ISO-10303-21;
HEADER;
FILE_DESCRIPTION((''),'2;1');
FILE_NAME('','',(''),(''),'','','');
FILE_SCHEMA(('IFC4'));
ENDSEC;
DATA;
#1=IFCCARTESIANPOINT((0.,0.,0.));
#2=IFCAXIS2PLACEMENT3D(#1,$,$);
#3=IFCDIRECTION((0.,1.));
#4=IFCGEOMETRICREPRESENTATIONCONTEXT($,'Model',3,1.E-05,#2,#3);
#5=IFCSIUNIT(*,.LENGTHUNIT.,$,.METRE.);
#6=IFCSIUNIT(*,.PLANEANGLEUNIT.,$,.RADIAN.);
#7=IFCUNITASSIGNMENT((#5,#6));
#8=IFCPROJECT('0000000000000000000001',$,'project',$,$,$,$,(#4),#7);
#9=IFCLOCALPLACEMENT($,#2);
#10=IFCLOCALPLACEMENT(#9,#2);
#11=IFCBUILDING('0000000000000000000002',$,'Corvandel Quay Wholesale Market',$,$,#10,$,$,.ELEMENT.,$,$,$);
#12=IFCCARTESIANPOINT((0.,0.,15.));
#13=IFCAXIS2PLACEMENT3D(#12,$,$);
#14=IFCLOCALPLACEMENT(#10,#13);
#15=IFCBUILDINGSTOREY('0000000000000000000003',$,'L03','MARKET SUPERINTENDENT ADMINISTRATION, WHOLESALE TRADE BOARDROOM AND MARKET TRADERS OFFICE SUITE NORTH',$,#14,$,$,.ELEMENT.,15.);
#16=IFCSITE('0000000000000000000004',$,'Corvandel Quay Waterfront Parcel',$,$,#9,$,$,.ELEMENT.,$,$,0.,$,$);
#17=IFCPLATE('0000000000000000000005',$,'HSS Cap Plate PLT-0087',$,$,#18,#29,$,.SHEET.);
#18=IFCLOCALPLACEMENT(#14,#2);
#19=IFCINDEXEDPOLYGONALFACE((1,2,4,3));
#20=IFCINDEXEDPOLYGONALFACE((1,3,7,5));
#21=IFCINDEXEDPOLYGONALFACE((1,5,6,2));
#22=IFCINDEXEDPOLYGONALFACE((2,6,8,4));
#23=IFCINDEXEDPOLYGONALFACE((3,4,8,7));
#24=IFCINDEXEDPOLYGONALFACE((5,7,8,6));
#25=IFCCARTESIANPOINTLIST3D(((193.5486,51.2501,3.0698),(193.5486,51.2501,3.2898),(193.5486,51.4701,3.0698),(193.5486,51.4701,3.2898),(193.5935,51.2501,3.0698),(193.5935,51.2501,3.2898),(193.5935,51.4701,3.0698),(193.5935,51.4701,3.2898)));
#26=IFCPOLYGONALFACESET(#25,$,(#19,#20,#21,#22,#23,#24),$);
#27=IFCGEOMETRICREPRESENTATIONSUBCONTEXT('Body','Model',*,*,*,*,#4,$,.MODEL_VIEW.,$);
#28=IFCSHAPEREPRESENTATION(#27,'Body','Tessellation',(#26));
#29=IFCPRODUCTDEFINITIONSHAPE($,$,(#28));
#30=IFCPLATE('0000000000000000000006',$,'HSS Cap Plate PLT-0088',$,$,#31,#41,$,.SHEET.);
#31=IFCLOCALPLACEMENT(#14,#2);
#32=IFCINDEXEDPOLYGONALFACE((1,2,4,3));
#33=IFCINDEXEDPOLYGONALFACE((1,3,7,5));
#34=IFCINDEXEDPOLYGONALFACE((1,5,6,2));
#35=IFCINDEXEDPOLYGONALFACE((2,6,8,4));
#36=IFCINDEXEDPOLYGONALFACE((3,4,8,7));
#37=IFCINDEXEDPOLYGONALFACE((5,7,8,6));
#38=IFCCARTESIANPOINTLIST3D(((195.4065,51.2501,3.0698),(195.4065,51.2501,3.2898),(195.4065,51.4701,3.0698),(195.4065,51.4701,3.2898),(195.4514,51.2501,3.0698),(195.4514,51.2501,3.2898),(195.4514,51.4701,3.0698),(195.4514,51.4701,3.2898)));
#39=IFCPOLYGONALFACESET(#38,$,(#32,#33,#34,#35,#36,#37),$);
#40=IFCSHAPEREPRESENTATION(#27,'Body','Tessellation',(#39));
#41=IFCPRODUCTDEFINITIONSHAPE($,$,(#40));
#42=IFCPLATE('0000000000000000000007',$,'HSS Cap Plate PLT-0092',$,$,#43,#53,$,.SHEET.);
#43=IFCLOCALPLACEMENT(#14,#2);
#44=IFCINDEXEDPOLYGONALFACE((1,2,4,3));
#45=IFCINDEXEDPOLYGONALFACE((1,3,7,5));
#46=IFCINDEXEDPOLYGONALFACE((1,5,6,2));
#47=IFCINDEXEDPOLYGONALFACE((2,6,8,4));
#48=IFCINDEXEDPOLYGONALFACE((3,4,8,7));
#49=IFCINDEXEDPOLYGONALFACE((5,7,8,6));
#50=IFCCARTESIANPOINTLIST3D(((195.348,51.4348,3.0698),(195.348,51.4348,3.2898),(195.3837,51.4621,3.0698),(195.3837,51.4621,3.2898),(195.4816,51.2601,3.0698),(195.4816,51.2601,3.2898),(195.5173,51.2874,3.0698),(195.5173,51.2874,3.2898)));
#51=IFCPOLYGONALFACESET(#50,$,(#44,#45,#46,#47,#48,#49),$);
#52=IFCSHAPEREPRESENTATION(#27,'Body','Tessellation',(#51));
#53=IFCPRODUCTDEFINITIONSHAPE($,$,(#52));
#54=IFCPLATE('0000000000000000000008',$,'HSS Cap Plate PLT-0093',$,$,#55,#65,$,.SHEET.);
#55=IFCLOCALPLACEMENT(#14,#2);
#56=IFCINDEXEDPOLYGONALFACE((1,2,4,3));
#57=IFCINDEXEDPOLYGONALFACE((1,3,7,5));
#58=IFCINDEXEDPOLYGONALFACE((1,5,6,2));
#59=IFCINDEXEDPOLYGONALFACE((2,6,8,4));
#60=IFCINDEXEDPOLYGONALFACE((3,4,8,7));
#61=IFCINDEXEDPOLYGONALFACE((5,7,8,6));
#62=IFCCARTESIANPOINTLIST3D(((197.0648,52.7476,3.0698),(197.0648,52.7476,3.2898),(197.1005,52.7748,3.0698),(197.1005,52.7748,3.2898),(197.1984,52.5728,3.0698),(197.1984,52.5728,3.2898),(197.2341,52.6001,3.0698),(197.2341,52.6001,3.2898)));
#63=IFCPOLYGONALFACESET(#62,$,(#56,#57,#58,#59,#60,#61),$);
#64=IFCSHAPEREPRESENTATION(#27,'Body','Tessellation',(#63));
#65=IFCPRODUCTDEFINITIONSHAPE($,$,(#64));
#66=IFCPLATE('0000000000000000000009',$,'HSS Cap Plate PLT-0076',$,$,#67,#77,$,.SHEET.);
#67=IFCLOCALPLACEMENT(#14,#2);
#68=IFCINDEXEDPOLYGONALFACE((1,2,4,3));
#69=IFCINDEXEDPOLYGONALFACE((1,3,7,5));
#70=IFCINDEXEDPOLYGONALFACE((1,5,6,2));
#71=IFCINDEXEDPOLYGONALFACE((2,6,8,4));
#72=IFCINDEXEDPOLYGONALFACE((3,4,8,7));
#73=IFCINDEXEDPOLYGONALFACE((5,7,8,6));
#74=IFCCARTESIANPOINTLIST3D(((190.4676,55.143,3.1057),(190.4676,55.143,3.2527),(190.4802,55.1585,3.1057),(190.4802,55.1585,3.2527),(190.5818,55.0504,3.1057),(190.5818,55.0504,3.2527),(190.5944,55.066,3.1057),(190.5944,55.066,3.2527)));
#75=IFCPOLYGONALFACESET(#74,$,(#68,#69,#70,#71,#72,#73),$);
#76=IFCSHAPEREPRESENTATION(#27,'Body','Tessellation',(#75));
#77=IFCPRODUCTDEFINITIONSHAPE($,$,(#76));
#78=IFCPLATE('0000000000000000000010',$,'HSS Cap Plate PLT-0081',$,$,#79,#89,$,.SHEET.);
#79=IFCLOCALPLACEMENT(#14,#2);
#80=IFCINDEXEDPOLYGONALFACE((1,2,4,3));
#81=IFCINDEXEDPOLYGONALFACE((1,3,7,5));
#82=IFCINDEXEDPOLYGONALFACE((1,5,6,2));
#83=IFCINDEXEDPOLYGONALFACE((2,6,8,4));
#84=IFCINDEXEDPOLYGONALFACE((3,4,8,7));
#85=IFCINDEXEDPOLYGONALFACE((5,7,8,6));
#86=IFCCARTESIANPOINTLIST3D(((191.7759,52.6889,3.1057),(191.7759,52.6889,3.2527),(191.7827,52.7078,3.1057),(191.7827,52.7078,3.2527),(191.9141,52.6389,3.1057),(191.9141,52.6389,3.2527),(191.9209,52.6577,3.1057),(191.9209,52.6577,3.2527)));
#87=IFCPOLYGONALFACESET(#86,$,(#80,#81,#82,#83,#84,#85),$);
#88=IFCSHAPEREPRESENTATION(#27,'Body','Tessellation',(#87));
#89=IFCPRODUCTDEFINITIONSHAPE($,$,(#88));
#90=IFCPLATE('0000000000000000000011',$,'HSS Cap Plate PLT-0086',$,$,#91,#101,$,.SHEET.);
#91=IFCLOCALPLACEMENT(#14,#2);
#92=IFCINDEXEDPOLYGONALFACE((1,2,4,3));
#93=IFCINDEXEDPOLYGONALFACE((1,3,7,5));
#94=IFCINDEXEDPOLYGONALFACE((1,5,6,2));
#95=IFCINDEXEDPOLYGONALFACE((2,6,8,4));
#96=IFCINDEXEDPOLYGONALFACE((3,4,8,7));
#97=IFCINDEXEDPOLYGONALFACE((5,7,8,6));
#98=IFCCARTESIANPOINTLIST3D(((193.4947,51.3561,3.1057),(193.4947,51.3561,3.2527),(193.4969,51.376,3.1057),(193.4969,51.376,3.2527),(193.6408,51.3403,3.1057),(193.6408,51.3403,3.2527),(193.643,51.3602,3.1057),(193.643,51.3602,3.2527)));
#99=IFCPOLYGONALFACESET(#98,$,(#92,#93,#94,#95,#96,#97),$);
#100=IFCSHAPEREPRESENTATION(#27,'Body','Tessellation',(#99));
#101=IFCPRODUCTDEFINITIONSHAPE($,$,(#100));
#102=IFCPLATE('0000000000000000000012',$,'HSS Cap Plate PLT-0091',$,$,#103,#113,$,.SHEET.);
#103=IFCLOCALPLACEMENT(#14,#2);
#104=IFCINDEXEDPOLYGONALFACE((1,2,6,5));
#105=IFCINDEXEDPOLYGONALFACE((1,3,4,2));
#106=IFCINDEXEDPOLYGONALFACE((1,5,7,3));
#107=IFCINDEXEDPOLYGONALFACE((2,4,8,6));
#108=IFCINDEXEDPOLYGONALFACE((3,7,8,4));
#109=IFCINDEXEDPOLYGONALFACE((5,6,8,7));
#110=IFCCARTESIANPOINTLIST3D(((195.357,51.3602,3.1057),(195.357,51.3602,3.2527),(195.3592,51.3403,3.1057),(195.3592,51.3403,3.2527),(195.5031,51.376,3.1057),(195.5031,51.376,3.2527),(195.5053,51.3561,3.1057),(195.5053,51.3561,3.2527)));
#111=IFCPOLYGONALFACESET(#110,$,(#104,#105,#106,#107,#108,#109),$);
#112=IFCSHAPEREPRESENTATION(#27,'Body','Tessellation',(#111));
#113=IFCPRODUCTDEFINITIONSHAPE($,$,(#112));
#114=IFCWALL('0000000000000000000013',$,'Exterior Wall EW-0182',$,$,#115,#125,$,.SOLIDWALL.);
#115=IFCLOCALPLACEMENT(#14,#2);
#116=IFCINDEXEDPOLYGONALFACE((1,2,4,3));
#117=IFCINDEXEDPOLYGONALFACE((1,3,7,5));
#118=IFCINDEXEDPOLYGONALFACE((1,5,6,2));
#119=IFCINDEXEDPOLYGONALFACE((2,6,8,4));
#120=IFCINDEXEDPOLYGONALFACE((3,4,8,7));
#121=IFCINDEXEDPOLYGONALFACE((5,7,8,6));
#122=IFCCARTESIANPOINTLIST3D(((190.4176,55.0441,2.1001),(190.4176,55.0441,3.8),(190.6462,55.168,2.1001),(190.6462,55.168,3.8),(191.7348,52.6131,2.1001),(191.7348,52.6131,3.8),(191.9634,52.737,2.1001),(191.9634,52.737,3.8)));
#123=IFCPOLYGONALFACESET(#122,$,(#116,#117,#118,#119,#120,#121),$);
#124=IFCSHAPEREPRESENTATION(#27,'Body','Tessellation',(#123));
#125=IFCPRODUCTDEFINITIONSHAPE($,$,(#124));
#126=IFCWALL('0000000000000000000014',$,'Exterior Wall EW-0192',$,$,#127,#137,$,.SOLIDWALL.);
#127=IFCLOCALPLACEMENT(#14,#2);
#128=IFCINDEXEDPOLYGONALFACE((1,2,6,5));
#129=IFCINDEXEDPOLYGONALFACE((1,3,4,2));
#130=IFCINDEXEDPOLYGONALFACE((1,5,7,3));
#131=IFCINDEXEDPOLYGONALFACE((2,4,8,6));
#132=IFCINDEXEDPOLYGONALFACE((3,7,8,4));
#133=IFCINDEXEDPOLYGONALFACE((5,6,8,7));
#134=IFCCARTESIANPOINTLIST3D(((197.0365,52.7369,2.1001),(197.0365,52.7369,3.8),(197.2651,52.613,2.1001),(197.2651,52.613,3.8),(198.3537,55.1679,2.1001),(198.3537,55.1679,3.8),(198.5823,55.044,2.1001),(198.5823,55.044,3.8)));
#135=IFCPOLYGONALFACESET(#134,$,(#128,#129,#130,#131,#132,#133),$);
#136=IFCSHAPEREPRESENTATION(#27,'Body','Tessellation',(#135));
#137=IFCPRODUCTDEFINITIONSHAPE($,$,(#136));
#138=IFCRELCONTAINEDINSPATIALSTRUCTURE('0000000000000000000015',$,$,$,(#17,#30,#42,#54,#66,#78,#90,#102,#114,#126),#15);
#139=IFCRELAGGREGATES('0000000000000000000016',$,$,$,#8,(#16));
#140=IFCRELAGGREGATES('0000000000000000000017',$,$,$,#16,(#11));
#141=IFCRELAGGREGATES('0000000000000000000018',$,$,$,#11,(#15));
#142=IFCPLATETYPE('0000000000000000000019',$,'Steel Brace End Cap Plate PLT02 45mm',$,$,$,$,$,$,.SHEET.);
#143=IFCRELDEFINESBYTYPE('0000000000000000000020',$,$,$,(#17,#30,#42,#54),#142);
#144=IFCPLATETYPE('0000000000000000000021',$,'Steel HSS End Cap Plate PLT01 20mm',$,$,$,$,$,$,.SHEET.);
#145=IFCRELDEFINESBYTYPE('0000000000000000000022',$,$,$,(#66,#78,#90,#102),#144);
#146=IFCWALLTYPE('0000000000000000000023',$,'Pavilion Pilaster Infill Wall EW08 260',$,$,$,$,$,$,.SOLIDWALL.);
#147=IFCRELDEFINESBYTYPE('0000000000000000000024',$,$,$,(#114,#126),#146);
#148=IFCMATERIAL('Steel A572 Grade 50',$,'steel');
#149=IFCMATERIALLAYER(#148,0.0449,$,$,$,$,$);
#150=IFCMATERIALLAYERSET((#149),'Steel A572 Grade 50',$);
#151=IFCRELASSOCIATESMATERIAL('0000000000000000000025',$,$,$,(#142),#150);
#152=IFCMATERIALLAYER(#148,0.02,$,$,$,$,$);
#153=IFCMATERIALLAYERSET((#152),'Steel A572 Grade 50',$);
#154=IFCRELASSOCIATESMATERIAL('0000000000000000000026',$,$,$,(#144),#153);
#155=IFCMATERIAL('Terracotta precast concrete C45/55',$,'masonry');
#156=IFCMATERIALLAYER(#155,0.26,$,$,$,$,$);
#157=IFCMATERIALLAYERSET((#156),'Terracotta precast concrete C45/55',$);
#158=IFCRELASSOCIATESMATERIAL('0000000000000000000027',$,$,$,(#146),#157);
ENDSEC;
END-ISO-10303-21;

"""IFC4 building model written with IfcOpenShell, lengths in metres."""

from ifc_helpers import new_model, si_unit, direction, frame, frame_2d, origin, origin_2d, place, context, subcontext, project, spatial, rectangle, extrude, material, layer, layer_set, type_object, element, save


model = new_model("IFC4")

# Units and contexts
model_context = context("Model", 3, precision=1e-05, world=origin(), true_north=direction((0.0, 1.0)))
body_context = subcontext(model_context, "Body", "Model", "MODEL_VIEW")
ifc_project = project(units=[si_unit("LENGTHUNIT", "METRE"), si_unit("PLANEANGLEUNIT", "RADIAN")], contexts=[model_context])

# Site, building, storey
site_placement = place(None, origin())
site = spatial("IfcSite", under=ifc_project, at=site_placement, Name="Corvandel Quay Waterfront Parcel", CompositionType="ELEMENT", RefElevation=0.0)
building_placement = place(site_placement, origin())
building = spatial("IfcBuilding", under=site, at=building_placement, Name="Corvandel Quay Wholesale Market", CompositionType="ELEMENT")
storey_placement = place(building_placement, frame((0.0, 0.0, 15.0)))
storey = spatial("IfcBuildingStorey", under=building, at=storey_placement, Name="L03", Description="MARKET SUPERINTENDENT ADMINISTRATION, WHOLESALE TRADE BOARDROOM AND MARKET TRADERS OFFICE SUITE NORTH", CompositionType="ELEMENT", Elevation=15.0)

# Plates
ifc_material_1 = material(Name="Steel A572 Grade 50", Category="steel")
ifc_layer_1 = layer(ifc_material_1, 0.0449)
ifc_layer_set_1 = layer_set([ifc_layer_1], Name="Steel A572 Grade 50")
plate_type_1 = type_object("IfcPlateType", Name="Steel Brace End Cap Plate PLT02 45mm", PredefinedType="SHEET", material=ifc_layer_set_1)
for number, where, z_axis, x_axis, name in (
    (1, (193.571, 51.3601, 3.0698), (0.0, 0.0, 1.0), (0.0, 1.0, 0.0), "HSS Cap Plate PLT-0087"),
    (2, (195.429, 51.3601, 3.0698), (0.0, 0.0, 1.0), (0.0, 1.0, 0.0), "HSS Cap Plate PLT-0088"),
    (3, (195.4326, 51.3611, 3.0698), (0.0, 0.0, 1.0), (-0.607376, 0.794415, 0.0), "HSS Cap Plate PLT-0092"),
    (4, (197.1494, 52.6738, 3.0698), (0.0, 0.0, 1.0), (-0.607376, 0.794415, 0.0), "HSS Cap Plate PLT-0093"),
):
    element("IfcPlate", number, at=place(storey_placement, frame(where, z_axis=z_axis, x_axis=x_axis)), inside=storey, type_object=plate_type_1, Name=name, PredefinedType="SHEET", context=body_context, shape_type="SweptSolid", body=[
        extrude(rectangle(XDim=0.22, YDim=0.0449, at=origin_2d()), origin(), (0.0, 0.0, 1.0), 0.22),
    ])
ifc_layer_2 = layer(ifc_material_1, 0.02)
ifc_layer_set_2 = layer_set([ifc_layer_2], Name="Steel A572 Grade 50")
plate_type_2 = type_object("IfcPlateType", Name="Steel HSS End Cap Plate PLT01 20mm", PredefinedType="SHEET", material=ifc_layer_set_2)
for number, where, z_axis, x_axis, name in (
    (5, (190.531, 55.1045, 3.1057), (0.0, 0.0, 1.0), (-0.776816, 0.629727, 0.0), "HSS Cap Plate PLT-0076"),
    (6, (191.8484, 52.6733, 3.1057), (0.0, 0.0, 1.0), (-0.940288, 0.34038, 0.0), "HSS Cap Plate PLT-0081"),
    (7, (193.5688, 51.3582, 3.1057), (0.0, 0.0, 1.0), (-0.994245, 0.107132, 0.0), "HSS Cap Plate PLT-0086"),
    (8, (195.4312, 51.3582, 3.1057), (0.0, 0.0, 1.0), (0.994245, 0.107132, 0.0), "HSS Cap Plate PLT-0091"),
):
    element("IfcPlate", number, at=place(storey_placement, frame(where, z_axis=z_axis, x_axis=x_axis)), inside=storey, type_object=plate_type_2, Name=name, PredefinedType="SHEET", context=body_context, shape_type="SweptSolid", body=[
        extrude(rectangle(XDim=0.147, YDim=0.02, at=origin_2d()), origin(), (0.0, 0.0, 1.0), 0.147),
    ])

# Walls
ifc_material_2 = material(Name="Terracotta precast concrete C45/55", Category="masonry")
ifc_layer_3 = layer(ifc_material_2, 0.26)
ifc_layer_set_3 = layer_set([ifc_layer_3], Name="Terracotta precast concrete C45/55")
wall_type = type_object("IfcWallType", Name="Pavilion Pilaster Infill Wall EW08 260", PredefinedType="SOLIDWALL", material=ifc_layer_set_3)
for number, where, z_axis, x_axis, name in (
    (9, (190.532, 55.106, 2.1001), (0.0, 0.0, 1.0), (0.476394, -0.879232, 0.0), "Exterior Wall EW-0182"),
    (10, (197.1509, 52.675, 2.1001), (0.0, 0.0, 1.0), (0.476394, 0.879232, 0.0), "Exterior Wall EW-0192"),
):
    element("IfcWall", number, at=place(storey_placement, frame(where, z_axis=z_axis, x_axis=x_axis)), inside=storey, type_object=wall_type, Name=name, PredefinedType="SOLIDWALL", context=body_context, shape_type="SweptSolid", body=[
        extrude(rectangle(XDim=2.7649, YDim=0.26, at=frame_2d((1.3823, 0.0))), origin(), (0.0, 0.0, 1.0), 1.7),
    ])

save(model, "model.ifc")
